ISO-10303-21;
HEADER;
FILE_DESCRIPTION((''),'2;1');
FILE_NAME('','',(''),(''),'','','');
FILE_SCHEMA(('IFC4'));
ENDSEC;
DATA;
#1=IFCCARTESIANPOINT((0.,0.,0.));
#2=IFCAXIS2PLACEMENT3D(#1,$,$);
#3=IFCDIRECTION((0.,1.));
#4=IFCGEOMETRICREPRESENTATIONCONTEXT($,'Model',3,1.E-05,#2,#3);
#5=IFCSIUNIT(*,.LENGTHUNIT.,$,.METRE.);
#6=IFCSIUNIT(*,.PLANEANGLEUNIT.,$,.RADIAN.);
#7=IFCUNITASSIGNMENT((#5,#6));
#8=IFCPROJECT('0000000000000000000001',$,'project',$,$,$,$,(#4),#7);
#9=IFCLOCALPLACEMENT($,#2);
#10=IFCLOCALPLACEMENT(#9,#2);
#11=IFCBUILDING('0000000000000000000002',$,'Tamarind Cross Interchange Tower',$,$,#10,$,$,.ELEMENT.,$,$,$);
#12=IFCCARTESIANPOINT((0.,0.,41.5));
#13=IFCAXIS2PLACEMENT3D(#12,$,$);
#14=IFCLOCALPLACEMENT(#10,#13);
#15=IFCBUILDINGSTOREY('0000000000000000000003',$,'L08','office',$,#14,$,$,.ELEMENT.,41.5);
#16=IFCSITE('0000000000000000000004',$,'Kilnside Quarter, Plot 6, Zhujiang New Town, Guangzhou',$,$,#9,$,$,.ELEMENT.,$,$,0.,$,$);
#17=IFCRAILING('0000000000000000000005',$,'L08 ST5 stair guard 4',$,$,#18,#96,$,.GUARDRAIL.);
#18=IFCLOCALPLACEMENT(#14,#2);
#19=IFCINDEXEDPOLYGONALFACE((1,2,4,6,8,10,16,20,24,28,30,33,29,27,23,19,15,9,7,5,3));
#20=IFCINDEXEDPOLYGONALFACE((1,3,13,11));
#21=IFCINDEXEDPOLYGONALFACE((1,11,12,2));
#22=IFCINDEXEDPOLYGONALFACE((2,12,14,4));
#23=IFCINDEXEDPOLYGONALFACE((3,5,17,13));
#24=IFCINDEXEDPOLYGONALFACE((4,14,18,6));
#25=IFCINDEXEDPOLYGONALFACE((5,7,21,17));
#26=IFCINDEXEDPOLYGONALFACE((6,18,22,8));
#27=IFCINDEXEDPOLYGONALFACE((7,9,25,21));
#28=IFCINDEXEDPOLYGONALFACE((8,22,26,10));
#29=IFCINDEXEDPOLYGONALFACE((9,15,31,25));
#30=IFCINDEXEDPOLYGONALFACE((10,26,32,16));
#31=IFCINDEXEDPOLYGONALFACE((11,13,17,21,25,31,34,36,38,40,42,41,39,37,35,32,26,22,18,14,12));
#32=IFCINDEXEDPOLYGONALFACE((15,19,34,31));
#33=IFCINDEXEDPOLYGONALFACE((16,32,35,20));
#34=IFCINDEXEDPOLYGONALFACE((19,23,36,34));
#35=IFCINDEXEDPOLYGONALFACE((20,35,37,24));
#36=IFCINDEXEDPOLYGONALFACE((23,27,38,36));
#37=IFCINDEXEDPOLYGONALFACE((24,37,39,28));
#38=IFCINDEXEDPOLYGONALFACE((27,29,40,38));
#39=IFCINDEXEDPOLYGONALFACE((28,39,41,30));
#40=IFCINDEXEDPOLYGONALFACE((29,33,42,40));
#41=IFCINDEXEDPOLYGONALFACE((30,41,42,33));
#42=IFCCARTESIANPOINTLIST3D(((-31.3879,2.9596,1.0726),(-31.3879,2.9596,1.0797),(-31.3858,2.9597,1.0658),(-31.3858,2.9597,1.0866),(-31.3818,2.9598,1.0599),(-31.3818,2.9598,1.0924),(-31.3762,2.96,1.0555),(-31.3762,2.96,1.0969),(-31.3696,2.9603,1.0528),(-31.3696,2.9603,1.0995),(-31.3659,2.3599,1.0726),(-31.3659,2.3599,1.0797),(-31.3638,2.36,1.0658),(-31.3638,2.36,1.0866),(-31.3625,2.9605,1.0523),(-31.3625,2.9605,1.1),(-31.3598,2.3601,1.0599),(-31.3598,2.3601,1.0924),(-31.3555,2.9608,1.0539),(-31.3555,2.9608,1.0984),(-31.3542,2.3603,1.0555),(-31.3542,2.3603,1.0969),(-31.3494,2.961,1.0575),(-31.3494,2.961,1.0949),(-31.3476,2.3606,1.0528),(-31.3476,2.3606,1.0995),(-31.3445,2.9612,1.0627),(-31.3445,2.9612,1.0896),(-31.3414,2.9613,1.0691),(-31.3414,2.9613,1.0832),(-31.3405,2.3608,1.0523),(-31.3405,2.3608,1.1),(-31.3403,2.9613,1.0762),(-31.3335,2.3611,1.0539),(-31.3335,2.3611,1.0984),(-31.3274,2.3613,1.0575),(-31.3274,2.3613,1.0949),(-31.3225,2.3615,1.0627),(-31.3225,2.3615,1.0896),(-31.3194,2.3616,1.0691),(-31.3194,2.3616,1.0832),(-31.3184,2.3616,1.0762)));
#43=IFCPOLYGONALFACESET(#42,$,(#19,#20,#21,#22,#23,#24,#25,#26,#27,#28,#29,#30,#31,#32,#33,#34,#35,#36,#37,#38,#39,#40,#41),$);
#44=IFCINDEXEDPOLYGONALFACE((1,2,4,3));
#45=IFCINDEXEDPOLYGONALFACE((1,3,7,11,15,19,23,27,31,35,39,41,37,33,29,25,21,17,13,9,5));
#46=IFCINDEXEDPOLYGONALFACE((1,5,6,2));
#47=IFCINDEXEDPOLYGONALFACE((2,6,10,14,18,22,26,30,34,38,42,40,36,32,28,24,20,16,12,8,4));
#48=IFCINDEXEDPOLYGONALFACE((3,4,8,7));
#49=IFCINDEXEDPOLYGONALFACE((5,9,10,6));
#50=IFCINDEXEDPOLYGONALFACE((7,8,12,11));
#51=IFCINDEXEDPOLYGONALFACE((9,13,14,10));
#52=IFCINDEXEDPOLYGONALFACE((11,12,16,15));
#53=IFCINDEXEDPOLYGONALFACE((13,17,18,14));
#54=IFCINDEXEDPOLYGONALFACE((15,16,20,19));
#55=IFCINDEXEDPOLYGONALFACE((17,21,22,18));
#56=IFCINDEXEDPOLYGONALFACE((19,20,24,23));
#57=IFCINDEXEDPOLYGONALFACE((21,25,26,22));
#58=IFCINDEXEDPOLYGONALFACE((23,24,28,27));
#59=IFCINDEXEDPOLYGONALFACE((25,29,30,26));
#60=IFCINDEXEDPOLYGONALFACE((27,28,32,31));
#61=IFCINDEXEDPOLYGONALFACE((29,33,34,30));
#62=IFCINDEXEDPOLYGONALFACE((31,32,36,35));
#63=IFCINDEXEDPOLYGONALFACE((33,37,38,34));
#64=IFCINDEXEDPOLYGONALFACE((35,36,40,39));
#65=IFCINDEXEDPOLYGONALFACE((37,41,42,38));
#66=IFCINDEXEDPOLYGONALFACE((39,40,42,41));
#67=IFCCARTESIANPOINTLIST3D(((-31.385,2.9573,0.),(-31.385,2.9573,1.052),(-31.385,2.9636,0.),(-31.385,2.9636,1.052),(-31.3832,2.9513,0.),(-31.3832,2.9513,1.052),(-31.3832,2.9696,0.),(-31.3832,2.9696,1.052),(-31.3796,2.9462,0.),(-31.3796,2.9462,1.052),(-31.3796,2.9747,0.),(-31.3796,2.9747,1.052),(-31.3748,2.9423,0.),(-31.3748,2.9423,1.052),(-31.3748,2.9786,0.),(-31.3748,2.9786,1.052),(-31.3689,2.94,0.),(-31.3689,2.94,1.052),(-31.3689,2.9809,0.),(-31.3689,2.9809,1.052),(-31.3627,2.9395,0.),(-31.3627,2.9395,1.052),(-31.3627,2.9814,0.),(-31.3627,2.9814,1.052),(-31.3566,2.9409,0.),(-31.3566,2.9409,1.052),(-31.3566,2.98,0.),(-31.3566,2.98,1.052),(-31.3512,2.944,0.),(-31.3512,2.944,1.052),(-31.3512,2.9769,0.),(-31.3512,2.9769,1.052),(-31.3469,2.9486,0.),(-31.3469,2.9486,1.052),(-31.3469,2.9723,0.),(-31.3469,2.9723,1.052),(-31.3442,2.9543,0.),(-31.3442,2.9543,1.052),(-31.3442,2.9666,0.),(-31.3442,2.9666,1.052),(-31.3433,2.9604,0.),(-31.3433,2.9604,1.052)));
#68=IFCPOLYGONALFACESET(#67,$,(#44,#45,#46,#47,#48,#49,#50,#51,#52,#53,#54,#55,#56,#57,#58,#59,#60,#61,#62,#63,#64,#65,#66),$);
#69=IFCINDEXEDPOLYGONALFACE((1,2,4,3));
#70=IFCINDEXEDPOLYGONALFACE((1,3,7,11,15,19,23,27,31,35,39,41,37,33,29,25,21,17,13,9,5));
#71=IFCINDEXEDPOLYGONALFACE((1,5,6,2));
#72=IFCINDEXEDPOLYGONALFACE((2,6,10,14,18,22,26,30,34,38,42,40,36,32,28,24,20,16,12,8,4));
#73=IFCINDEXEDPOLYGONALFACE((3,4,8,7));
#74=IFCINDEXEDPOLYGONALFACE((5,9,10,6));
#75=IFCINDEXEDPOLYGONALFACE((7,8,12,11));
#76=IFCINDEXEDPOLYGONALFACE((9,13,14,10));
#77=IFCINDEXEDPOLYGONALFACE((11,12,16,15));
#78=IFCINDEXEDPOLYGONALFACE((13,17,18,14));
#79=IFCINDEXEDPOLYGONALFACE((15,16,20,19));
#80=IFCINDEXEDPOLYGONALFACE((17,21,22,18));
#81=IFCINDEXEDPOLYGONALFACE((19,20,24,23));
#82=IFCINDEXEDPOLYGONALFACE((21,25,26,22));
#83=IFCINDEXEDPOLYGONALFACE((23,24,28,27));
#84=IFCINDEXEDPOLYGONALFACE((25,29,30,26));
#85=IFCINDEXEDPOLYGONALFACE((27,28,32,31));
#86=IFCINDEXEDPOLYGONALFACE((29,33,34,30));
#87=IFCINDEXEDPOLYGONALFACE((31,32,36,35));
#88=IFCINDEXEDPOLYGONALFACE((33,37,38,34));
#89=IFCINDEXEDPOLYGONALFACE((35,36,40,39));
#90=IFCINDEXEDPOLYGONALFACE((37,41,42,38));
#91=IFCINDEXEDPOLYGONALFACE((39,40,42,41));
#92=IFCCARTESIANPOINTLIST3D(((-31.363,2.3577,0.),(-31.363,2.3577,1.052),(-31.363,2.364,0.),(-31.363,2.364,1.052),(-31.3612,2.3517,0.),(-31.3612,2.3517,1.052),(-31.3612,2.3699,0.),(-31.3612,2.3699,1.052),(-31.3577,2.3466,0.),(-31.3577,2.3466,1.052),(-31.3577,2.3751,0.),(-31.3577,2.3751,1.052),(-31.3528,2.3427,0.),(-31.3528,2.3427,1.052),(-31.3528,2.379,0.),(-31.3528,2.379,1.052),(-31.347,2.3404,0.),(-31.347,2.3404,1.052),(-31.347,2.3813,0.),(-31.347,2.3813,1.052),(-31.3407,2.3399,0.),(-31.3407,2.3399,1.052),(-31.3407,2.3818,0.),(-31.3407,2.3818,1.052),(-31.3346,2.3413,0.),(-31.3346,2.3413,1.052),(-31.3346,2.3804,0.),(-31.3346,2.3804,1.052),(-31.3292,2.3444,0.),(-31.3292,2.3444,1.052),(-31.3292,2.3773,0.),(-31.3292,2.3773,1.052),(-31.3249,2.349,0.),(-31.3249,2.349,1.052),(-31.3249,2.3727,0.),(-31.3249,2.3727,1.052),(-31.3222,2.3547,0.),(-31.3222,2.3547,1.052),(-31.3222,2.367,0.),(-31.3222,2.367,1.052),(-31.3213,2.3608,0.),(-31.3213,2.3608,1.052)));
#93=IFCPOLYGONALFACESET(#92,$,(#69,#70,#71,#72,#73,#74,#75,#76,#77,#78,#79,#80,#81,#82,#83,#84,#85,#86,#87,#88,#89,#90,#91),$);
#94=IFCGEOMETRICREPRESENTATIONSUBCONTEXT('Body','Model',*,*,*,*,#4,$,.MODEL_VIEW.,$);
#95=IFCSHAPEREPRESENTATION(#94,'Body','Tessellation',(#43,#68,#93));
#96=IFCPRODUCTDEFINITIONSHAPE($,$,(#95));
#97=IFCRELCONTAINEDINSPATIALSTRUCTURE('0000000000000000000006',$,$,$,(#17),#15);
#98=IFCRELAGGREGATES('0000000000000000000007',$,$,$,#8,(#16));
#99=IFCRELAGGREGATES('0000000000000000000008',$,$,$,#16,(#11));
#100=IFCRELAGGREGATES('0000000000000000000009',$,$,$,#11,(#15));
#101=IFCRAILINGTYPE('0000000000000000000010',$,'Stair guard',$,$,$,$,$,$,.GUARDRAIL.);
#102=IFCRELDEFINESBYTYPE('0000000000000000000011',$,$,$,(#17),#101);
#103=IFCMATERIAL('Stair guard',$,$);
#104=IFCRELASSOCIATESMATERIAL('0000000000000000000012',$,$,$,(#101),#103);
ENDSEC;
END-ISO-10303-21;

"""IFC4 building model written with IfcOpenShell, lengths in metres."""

from ifc_helpers import new_model, si_unit, direction, frame, origin, origin_2d, place, context, subcontext, project, spatial, circle, extrude, material, type_object, element, save


model = new_model("IFC4")

# Units and contexts
model_context = context("Model", 3, precision=1e-05, world=origin(), true_north=direction((0.0, 1.0)))
body_context = subcontext(model_context, "Body", "Model", "MODEL_VIEW")
ifc_project = project(units=[si_unit("LENGTHUNIT", "METRE"), si_unit("PLANEANGLEUNIT", "RADIAN")], contexts=[model_context])

# Site, building, storey
site_placement = place(None, origin())
site = spatial("IfcSite", under=ifc_project, at=site_placement, Name="Kilnside Quarter, Plot 6, Zhujiang New Town, Guangzhou", CompositionType="ELEMENT", RefElevation=0.0)
building_placement = place(site_placement, origin())
building = spatial("IfcBuilding", under=site, at=building_placement, Name="Tamarind Cross Interchange Tower", CompositionType="ELEMENT")
storey_placement = place(building_placement, frame((0.0, 0.0, 41.5)))
storey = spatial("IfcBuildingStorey", under=building, at=storey_placement, Name="L08", Description="office", CompositionType="ELEMENT", Elevation=41.5)

# Railing
ifc_material_1 = material(Name="Stair guard")
railing_type_1 = type_object("IfcRailingType", Name="Stair guard", PredefinedType="GUARDRAIL", material=ifc_material_1)
railing_1_placement = place(storey_placement, frame((-31.3643, 2.9604, 0.0)))
element("IfcRailing", 1, at=railing_1_placement, inside=storey, type_object=railing_type_1, Name="L08 ST5 stair guard 4", PredefinedType="GUARDRAIL", context=body_context, shape_type="SweptSolid", body=[
    extrude(circle(Radius=0.0239, at=origin_2d()), frame((0.0, 0.0, 1.0762), z_axis=(0.03662, -0.999329, 0.0), x_axis=(0.999329, 0.03662, 0.0)), (0.0, 0.0, 1.0), 0.6001),
    extrude(circle(Radius=0.021, at=origin_2d()), origin(), (0.0, 0.0, 1.0), 1.052),
    extrude(circle(Radius=0.021, at=origin_2d()), frame((0.022, -0.5996, 0.0)), (0.0, 0.0, 1.0), 1.052),
])

save(model, "model.ifc")
